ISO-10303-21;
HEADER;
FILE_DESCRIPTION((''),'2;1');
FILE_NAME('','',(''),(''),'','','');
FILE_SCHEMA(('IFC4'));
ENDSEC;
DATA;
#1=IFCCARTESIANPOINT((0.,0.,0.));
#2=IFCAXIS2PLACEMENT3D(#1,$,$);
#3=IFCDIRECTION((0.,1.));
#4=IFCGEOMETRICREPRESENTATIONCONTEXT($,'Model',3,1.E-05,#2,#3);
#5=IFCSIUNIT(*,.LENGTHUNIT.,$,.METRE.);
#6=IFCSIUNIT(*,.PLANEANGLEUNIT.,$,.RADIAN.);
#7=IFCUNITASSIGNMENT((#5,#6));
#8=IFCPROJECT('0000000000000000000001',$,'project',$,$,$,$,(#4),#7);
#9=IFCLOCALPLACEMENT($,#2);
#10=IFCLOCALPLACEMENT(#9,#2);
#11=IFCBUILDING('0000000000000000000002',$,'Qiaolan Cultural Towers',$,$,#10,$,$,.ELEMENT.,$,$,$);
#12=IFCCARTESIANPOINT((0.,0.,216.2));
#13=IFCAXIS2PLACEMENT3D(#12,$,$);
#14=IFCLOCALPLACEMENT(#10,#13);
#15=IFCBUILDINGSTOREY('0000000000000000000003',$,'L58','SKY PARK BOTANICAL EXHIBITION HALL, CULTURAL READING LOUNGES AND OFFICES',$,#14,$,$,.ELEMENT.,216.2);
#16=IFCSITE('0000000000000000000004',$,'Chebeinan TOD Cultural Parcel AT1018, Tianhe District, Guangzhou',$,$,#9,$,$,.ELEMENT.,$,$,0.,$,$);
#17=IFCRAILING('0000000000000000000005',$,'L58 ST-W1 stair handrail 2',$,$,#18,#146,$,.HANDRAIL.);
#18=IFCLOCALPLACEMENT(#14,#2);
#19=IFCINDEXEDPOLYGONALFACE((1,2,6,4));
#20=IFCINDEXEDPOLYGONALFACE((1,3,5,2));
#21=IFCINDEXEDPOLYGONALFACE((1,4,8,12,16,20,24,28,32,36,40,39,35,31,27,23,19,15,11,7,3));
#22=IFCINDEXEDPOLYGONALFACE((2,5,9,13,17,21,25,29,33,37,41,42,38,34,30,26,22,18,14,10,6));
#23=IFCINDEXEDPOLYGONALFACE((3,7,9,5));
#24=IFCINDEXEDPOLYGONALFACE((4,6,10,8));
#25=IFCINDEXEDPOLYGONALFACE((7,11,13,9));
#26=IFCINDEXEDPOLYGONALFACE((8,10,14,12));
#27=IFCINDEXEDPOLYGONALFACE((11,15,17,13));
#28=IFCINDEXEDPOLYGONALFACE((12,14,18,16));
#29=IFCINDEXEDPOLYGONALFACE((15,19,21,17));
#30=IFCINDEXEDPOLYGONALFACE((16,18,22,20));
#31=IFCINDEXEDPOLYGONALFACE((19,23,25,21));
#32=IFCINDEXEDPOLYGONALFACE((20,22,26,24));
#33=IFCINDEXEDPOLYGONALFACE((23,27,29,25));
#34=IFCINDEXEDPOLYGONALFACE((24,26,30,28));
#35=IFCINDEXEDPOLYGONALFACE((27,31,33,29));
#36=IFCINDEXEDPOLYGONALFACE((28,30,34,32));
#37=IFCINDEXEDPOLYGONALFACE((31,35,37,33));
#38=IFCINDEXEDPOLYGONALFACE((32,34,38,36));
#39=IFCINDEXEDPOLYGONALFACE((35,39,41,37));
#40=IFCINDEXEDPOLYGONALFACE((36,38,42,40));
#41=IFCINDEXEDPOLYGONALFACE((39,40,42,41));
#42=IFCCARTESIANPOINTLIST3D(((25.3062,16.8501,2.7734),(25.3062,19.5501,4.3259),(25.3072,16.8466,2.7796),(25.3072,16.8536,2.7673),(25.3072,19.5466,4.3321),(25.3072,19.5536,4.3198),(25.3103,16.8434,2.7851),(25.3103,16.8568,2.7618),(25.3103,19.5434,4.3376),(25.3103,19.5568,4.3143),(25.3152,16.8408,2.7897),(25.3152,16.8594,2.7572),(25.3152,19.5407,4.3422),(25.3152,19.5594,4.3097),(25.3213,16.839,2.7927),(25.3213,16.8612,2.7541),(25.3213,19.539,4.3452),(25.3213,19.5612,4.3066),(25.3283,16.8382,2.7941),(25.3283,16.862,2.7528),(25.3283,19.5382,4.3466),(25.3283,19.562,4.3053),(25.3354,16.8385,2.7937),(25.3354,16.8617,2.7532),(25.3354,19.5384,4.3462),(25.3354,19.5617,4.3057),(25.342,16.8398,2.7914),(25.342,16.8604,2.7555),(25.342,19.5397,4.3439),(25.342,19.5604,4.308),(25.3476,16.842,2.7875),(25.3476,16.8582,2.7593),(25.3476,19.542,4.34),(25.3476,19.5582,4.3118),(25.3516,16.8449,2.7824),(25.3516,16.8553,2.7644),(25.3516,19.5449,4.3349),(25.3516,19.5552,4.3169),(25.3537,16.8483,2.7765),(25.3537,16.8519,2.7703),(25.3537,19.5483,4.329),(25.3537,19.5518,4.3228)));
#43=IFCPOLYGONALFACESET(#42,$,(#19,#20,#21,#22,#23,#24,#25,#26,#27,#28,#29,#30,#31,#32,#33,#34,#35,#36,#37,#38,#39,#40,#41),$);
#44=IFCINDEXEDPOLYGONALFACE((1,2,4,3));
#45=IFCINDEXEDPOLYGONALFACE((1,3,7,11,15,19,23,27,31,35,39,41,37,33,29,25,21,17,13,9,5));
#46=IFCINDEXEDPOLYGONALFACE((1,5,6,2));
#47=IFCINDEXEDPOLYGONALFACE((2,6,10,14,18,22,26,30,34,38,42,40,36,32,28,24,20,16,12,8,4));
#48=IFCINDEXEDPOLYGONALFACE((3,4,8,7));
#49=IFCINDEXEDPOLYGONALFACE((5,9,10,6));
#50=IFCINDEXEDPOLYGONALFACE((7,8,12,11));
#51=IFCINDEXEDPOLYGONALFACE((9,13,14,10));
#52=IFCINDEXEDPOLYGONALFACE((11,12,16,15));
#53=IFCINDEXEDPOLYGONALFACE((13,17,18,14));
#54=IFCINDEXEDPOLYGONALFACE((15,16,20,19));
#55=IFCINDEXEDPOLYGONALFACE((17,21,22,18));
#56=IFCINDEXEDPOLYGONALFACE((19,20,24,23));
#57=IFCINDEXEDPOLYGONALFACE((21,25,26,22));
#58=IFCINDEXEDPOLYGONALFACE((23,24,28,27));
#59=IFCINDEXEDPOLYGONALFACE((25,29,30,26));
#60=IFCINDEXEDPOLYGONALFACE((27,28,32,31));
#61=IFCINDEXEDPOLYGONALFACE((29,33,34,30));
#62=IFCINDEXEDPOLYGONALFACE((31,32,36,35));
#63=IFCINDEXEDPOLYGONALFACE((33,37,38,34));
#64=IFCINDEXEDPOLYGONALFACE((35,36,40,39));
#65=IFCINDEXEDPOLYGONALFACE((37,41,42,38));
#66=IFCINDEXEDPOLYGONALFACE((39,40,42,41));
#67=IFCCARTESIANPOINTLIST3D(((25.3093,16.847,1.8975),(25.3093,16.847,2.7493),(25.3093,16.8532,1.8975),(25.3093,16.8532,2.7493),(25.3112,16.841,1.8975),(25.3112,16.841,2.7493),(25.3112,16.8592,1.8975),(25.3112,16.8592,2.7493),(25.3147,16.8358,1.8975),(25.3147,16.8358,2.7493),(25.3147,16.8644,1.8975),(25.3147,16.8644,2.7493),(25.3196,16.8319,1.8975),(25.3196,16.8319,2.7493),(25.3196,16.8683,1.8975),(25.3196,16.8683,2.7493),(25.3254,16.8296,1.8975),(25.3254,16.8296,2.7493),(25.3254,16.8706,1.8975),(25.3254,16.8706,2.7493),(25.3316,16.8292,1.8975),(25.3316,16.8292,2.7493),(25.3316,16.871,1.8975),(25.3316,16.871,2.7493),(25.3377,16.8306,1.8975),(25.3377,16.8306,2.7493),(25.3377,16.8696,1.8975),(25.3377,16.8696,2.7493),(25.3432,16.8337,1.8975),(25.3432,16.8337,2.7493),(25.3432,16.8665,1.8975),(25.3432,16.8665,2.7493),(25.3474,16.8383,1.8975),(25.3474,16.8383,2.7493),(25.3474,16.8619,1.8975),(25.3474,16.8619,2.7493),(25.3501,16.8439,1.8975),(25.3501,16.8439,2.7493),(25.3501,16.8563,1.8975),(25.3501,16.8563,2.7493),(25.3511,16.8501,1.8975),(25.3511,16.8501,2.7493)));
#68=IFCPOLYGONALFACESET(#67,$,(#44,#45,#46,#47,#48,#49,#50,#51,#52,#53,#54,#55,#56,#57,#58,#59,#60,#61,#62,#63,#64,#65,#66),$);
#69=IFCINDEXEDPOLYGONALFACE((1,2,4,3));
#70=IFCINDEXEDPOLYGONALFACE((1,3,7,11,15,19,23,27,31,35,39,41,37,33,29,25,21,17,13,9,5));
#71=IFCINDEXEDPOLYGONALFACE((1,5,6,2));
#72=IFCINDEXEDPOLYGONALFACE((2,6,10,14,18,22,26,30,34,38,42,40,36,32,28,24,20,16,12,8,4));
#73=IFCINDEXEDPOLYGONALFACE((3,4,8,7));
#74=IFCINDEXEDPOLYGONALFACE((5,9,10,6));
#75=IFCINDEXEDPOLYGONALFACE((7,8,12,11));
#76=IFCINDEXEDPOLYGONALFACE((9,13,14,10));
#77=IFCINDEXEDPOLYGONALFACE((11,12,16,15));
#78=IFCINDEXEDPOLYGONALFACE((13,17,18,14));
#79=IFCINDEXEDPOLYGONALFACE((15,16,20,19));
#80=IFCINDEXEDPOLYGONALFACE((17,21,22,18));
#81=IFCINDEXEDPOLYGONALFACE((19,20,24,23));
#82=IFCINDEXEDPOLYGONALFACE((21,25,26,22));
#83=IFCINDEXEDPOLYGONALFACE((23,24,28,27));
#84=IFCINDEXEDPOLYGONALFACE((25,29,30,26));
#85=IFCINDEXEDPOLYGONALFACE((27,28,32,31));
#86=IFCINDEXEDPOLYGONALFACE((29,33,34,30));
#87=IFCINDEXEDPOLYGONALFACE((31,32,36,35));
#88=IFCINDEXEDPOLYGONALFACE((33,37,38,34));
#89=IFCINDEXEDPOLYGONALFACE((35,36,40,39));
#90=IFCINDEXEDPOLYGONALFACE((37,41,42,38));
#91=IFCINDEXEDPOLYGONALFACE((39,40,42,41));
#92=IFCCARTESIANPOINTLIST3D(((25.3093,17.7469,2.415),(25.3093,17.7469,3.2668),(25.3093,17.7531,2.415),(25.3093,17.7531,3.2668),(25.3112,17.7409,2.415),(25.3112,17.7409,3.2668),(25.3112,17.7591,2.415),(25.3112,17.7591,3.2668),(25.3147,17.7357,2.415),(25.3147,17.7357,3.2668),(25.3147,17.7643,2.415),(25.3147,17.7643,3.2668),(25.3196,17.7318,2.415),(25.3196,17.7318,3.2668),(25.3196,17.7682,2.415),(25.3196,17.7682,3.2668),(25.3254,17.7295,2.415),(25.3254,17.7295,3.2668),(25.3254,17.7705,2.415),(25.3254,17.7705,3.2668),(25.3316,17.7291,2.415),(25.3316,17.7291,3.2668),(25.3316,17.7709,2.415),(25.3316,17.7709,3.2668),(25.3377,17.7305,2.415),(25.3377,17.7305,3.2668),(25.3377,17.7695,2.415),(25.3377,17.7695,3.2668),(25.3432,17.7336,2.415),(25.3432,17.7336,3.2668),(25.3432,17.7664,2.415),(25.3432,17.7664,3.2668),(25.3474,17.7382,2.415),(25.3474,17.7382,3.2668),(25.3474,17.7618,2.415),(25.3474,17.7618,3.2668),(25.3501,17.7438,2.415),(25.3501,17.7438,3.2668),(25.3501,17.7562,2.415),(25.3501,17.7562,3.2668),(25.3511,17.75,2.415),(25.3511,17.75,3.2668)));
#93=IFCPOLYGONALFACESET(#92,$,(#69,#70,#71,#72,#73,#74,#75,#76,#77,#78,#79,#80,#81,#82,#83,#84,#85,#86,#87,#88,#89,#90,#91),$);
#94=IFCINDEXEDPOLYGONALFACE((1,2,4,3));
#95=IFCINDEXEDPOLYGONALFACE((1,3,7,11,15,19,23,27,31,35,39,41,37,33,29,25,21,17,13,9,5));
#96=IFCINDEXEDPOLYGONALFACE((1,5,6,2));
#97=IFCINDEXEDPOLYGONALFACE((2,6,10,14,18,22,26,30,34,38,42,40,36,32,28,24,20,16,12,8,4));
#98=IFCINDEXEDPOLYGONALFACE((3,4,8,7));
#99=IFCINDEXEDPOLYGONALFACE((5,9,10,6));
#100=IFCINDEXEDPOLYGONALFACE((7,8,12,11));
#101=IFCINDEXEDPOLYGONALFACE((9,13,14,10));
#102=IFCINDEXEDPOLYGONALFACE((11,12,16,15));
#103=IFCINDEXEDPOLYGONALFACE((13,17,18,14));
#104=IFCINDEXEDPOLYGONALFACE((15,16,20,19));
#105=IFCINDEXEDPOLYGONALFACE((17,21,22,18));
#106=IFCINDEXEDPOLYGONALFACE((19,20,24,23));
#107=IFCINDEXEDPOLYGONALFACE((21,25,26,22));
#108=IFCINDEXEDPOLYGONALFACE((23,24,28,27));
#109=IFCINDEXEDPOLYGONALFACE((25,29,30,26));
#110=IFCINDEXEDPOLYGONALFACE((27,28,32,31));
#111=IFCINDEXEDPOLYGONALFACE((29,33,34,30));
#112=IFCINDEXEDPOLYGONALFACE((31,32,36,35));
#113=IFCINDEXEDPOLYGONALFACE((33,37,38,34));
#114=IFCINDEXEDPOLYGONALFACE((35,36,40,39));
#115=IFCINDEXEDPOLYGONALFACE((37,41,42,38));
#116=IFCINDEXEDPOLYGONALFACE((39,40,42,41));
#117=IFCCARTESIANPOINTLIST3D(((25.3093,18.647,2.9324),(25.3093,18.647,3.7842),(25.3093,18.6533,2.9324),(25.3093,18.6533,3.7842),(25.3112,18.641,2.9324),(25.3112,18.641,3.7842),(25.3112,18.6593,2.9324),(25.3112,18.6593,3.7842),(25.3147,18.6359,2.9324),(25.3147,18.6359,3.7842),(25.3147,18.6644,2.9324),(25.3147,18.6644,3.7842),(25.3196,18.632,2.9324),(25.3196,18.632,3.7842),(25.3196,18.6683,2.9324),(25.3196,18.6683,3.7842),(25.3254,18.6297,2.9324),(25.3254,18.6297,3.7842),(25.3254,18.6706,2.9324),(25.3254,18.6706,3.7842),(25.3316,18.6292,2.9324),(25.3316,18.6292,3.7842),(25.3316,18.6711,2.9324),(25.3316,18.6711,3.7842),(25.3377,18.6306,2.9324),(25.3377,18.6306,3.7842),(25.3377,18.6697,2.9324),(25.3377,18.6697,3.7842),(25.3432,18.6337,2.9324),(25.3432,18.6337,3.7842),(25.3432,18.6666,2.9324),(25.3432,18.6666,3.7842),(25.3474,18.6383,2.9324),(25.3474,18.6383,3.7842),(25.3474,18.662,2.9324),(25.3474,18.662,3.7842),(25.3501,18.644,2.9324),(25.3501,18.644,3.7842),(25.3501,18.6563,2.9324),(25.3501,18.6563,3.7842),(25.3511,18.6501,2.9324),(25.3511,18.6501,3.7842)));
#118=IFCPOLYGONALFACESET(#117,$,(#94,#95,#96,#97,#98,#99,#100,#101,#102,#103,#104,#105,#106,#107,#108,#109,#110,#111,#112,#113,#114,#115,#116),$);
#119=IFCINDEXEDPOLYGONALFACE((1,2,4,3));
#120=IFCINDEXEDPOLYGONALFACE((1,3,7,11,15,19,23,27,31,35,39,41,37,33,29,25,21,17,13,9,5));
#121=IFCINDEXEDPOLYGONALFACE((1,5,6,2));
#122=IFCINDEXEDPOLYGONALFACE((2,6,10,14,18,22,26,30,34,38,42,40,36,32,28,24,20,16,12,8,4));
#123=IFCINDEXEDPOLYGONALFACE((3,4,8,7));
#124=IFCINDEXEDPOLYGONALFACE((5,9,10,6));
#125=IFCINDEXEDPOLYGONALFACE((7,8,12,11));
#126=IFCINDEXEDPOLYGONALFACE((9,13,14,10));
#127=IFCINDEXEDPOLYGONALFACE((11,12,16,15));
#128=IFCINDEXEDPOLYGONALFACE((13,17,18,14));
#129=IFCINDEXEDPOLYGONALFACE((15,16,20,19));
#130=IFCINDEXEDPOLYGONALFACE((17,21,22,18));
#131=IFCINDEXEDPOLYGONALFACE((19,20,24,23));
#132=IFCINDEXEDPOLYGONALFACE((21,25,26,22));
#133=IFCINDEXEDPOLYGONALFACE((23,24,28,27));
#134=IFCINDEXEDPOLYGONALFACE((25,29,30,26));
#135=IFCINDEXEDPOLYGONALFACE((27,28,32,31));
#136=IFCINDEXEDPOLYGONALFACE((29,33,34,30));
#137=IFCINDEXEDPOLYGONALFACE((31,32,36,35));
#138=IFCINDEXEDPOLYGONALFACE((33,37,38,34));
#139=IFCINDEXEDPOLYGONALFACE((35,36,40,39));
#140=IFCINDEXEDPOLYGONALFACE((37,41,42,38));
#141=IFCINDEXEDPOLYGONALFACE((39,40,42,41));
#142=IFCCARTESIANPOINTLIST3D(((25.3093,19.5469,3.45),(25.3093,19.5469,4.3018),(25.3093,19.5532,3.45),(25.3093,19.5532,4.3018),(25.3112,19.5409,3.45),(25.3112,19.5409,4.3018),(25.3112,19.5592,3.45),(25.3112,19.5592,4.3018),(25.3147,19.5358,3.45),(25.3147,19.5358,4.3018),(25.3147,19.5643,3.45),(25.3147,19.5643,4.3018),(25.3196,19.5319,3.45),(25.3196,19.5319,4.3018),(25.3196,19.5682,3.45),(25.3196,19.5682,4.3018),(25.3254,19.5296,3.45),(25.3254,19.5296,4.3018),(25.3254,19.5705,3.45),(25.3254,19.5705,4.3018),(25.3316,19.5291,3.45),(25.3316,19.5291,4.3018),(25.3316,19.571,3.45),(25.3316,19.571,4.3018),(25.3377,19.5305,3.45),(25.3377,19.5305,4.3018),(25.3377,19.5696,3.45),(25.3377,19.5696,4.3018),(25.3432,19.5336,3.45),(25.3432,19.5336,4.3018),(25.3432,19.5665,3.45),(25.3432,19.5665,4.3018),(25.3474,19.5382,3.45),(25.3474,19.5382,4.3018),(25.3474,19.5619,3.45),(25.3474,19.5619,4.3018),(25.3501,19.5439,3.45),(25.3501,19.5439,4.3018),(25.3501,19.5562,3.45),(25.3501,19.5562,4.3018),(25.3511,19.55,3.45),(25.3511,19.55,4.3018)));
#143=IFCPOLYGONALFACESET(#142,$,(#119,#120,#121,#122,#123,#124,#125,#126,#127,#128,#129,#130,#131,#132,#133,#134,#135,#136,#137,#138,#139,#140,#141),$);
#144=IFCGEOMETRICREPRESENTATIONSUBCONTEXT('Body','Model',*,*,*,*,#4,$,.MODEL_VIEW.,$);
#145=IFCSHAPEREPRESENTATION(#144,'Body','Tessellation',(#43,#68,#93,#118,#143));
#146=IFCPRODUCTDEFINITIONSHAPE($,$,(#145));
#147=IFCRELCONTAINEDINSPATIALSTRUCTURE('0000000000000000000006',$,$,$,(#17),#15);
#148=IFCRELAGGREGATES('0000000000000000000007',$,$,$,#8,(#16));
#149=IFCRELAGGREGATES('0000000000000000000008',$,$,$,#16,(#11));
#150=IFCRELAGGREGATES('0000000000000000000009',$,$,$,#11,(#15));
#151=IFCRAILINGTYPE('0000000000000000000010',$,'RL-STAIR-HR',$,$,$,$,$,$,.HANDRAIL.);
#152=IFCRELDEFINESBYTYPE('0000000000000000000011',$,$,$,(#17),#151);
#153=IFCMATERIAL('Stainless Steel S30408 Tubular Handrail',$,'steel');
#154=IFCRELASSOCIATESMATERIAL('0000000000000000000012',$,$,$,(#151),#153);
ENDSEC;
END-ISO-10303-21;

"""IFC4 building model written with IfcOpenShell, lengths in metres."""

from ifc_helpers import new_model, si_unit, direction, frame, origin, origin_2d, place, context, subcontext, project, spatial, circle, extrude, material, type_object, element, save


model = new_model("IFC4")

# Units and contexts
model_context = context("Model", 3, precision=1e-05, world=origin(), true_north=direction((0.0, 1.0)))
body_context = subcontext(model_context, "Body", "Model", "MODEL_VIEW")
ifc_project = project(units=[si_unit("LENGTHUNIT", "METRE"), si_unit("PLANEANGLEUNIT", "RADIAN")], contexts=[model_context])

# Site, building, storey
site_placement = place(None, origin())
site = spatial("IfcSite", under=ifc_project, at=site_placement, Name="Chebeinan TOD Cultural Parcel AT1018, Tianhe District, Guangzhou", CompositionType="ELEMENT", RefElevation=0.0)
building_placement = place(site_placement, origin())
building = spatial("IfcBuilding", under=site, at=building_placement, Name="Qiaolan Cultural Towers", CompositionType="ELEMENT")
storey_placement = place(building_placement, frame((0.0, 0.0, 216.2)))
storey = spatial("IfcBuildingStorey", under=building, at=storey_placement, Name="L58", Description="SKY PARK BOTANICAL EXHIBITION HALL, CULTURAL READING LOUNGES AND OFFICES", CompositionType="ELEMENT", Elevation=216.2)

# Railing
ifc_material_1 = material(Name="Stainless Steel S30408 Tubular Handrail", Category="steel")
railing_type_1 = type_object("IfcRailingType", Name="RL-STAIR-HR", PredefinedType="HANDRAIL", material=ifc_material_1)
railing_1_placement = place(storey_placement, frame((25.3301, 16.8501, 1.8975)))
element("IfcRailing", 1, at=railing_1_placement, inside=storey, type_object=railing_type_1, Name="L58 ST-W1 stair handrail 2", PredefinedType="HANDRAIL", context=body_context, shape_type="SweptSolid", body=[
    extrude(circle(Radius=0.0239, at=origin_2d()), frame((0.0, 0.0, 0.876), z_axis=(0.0, 0.866904, 0.498476), x_axis=(-1.0, 0.0, 0.0)), (0.0, 0.0, 1.0), 3.1145),
    extrude(circle(Radius=0.021, at=origin_2d()), origin(), (0.0, 0.0, 1.0), 0.8518),
    extrude(circle(Radius=0.021, at=origin_2d()), frame((0.0, 0.8999, 0.5176)), (0.0, 0.0, 1.0), 0.8518),
    extrude(circle(Radius=0.021, at=origin_2d()), frame((0.0, 1.8, 1.0349)), (0.0, 0.0, 1.0), 0.8518),
    extrude(circle(Radius=0.021, at=origin_2d()), frame((0.0, 2.7, 1.5525)), (0.0, 0.0, 1.0), 0.8518),
])

save(model, "model.ifc")
